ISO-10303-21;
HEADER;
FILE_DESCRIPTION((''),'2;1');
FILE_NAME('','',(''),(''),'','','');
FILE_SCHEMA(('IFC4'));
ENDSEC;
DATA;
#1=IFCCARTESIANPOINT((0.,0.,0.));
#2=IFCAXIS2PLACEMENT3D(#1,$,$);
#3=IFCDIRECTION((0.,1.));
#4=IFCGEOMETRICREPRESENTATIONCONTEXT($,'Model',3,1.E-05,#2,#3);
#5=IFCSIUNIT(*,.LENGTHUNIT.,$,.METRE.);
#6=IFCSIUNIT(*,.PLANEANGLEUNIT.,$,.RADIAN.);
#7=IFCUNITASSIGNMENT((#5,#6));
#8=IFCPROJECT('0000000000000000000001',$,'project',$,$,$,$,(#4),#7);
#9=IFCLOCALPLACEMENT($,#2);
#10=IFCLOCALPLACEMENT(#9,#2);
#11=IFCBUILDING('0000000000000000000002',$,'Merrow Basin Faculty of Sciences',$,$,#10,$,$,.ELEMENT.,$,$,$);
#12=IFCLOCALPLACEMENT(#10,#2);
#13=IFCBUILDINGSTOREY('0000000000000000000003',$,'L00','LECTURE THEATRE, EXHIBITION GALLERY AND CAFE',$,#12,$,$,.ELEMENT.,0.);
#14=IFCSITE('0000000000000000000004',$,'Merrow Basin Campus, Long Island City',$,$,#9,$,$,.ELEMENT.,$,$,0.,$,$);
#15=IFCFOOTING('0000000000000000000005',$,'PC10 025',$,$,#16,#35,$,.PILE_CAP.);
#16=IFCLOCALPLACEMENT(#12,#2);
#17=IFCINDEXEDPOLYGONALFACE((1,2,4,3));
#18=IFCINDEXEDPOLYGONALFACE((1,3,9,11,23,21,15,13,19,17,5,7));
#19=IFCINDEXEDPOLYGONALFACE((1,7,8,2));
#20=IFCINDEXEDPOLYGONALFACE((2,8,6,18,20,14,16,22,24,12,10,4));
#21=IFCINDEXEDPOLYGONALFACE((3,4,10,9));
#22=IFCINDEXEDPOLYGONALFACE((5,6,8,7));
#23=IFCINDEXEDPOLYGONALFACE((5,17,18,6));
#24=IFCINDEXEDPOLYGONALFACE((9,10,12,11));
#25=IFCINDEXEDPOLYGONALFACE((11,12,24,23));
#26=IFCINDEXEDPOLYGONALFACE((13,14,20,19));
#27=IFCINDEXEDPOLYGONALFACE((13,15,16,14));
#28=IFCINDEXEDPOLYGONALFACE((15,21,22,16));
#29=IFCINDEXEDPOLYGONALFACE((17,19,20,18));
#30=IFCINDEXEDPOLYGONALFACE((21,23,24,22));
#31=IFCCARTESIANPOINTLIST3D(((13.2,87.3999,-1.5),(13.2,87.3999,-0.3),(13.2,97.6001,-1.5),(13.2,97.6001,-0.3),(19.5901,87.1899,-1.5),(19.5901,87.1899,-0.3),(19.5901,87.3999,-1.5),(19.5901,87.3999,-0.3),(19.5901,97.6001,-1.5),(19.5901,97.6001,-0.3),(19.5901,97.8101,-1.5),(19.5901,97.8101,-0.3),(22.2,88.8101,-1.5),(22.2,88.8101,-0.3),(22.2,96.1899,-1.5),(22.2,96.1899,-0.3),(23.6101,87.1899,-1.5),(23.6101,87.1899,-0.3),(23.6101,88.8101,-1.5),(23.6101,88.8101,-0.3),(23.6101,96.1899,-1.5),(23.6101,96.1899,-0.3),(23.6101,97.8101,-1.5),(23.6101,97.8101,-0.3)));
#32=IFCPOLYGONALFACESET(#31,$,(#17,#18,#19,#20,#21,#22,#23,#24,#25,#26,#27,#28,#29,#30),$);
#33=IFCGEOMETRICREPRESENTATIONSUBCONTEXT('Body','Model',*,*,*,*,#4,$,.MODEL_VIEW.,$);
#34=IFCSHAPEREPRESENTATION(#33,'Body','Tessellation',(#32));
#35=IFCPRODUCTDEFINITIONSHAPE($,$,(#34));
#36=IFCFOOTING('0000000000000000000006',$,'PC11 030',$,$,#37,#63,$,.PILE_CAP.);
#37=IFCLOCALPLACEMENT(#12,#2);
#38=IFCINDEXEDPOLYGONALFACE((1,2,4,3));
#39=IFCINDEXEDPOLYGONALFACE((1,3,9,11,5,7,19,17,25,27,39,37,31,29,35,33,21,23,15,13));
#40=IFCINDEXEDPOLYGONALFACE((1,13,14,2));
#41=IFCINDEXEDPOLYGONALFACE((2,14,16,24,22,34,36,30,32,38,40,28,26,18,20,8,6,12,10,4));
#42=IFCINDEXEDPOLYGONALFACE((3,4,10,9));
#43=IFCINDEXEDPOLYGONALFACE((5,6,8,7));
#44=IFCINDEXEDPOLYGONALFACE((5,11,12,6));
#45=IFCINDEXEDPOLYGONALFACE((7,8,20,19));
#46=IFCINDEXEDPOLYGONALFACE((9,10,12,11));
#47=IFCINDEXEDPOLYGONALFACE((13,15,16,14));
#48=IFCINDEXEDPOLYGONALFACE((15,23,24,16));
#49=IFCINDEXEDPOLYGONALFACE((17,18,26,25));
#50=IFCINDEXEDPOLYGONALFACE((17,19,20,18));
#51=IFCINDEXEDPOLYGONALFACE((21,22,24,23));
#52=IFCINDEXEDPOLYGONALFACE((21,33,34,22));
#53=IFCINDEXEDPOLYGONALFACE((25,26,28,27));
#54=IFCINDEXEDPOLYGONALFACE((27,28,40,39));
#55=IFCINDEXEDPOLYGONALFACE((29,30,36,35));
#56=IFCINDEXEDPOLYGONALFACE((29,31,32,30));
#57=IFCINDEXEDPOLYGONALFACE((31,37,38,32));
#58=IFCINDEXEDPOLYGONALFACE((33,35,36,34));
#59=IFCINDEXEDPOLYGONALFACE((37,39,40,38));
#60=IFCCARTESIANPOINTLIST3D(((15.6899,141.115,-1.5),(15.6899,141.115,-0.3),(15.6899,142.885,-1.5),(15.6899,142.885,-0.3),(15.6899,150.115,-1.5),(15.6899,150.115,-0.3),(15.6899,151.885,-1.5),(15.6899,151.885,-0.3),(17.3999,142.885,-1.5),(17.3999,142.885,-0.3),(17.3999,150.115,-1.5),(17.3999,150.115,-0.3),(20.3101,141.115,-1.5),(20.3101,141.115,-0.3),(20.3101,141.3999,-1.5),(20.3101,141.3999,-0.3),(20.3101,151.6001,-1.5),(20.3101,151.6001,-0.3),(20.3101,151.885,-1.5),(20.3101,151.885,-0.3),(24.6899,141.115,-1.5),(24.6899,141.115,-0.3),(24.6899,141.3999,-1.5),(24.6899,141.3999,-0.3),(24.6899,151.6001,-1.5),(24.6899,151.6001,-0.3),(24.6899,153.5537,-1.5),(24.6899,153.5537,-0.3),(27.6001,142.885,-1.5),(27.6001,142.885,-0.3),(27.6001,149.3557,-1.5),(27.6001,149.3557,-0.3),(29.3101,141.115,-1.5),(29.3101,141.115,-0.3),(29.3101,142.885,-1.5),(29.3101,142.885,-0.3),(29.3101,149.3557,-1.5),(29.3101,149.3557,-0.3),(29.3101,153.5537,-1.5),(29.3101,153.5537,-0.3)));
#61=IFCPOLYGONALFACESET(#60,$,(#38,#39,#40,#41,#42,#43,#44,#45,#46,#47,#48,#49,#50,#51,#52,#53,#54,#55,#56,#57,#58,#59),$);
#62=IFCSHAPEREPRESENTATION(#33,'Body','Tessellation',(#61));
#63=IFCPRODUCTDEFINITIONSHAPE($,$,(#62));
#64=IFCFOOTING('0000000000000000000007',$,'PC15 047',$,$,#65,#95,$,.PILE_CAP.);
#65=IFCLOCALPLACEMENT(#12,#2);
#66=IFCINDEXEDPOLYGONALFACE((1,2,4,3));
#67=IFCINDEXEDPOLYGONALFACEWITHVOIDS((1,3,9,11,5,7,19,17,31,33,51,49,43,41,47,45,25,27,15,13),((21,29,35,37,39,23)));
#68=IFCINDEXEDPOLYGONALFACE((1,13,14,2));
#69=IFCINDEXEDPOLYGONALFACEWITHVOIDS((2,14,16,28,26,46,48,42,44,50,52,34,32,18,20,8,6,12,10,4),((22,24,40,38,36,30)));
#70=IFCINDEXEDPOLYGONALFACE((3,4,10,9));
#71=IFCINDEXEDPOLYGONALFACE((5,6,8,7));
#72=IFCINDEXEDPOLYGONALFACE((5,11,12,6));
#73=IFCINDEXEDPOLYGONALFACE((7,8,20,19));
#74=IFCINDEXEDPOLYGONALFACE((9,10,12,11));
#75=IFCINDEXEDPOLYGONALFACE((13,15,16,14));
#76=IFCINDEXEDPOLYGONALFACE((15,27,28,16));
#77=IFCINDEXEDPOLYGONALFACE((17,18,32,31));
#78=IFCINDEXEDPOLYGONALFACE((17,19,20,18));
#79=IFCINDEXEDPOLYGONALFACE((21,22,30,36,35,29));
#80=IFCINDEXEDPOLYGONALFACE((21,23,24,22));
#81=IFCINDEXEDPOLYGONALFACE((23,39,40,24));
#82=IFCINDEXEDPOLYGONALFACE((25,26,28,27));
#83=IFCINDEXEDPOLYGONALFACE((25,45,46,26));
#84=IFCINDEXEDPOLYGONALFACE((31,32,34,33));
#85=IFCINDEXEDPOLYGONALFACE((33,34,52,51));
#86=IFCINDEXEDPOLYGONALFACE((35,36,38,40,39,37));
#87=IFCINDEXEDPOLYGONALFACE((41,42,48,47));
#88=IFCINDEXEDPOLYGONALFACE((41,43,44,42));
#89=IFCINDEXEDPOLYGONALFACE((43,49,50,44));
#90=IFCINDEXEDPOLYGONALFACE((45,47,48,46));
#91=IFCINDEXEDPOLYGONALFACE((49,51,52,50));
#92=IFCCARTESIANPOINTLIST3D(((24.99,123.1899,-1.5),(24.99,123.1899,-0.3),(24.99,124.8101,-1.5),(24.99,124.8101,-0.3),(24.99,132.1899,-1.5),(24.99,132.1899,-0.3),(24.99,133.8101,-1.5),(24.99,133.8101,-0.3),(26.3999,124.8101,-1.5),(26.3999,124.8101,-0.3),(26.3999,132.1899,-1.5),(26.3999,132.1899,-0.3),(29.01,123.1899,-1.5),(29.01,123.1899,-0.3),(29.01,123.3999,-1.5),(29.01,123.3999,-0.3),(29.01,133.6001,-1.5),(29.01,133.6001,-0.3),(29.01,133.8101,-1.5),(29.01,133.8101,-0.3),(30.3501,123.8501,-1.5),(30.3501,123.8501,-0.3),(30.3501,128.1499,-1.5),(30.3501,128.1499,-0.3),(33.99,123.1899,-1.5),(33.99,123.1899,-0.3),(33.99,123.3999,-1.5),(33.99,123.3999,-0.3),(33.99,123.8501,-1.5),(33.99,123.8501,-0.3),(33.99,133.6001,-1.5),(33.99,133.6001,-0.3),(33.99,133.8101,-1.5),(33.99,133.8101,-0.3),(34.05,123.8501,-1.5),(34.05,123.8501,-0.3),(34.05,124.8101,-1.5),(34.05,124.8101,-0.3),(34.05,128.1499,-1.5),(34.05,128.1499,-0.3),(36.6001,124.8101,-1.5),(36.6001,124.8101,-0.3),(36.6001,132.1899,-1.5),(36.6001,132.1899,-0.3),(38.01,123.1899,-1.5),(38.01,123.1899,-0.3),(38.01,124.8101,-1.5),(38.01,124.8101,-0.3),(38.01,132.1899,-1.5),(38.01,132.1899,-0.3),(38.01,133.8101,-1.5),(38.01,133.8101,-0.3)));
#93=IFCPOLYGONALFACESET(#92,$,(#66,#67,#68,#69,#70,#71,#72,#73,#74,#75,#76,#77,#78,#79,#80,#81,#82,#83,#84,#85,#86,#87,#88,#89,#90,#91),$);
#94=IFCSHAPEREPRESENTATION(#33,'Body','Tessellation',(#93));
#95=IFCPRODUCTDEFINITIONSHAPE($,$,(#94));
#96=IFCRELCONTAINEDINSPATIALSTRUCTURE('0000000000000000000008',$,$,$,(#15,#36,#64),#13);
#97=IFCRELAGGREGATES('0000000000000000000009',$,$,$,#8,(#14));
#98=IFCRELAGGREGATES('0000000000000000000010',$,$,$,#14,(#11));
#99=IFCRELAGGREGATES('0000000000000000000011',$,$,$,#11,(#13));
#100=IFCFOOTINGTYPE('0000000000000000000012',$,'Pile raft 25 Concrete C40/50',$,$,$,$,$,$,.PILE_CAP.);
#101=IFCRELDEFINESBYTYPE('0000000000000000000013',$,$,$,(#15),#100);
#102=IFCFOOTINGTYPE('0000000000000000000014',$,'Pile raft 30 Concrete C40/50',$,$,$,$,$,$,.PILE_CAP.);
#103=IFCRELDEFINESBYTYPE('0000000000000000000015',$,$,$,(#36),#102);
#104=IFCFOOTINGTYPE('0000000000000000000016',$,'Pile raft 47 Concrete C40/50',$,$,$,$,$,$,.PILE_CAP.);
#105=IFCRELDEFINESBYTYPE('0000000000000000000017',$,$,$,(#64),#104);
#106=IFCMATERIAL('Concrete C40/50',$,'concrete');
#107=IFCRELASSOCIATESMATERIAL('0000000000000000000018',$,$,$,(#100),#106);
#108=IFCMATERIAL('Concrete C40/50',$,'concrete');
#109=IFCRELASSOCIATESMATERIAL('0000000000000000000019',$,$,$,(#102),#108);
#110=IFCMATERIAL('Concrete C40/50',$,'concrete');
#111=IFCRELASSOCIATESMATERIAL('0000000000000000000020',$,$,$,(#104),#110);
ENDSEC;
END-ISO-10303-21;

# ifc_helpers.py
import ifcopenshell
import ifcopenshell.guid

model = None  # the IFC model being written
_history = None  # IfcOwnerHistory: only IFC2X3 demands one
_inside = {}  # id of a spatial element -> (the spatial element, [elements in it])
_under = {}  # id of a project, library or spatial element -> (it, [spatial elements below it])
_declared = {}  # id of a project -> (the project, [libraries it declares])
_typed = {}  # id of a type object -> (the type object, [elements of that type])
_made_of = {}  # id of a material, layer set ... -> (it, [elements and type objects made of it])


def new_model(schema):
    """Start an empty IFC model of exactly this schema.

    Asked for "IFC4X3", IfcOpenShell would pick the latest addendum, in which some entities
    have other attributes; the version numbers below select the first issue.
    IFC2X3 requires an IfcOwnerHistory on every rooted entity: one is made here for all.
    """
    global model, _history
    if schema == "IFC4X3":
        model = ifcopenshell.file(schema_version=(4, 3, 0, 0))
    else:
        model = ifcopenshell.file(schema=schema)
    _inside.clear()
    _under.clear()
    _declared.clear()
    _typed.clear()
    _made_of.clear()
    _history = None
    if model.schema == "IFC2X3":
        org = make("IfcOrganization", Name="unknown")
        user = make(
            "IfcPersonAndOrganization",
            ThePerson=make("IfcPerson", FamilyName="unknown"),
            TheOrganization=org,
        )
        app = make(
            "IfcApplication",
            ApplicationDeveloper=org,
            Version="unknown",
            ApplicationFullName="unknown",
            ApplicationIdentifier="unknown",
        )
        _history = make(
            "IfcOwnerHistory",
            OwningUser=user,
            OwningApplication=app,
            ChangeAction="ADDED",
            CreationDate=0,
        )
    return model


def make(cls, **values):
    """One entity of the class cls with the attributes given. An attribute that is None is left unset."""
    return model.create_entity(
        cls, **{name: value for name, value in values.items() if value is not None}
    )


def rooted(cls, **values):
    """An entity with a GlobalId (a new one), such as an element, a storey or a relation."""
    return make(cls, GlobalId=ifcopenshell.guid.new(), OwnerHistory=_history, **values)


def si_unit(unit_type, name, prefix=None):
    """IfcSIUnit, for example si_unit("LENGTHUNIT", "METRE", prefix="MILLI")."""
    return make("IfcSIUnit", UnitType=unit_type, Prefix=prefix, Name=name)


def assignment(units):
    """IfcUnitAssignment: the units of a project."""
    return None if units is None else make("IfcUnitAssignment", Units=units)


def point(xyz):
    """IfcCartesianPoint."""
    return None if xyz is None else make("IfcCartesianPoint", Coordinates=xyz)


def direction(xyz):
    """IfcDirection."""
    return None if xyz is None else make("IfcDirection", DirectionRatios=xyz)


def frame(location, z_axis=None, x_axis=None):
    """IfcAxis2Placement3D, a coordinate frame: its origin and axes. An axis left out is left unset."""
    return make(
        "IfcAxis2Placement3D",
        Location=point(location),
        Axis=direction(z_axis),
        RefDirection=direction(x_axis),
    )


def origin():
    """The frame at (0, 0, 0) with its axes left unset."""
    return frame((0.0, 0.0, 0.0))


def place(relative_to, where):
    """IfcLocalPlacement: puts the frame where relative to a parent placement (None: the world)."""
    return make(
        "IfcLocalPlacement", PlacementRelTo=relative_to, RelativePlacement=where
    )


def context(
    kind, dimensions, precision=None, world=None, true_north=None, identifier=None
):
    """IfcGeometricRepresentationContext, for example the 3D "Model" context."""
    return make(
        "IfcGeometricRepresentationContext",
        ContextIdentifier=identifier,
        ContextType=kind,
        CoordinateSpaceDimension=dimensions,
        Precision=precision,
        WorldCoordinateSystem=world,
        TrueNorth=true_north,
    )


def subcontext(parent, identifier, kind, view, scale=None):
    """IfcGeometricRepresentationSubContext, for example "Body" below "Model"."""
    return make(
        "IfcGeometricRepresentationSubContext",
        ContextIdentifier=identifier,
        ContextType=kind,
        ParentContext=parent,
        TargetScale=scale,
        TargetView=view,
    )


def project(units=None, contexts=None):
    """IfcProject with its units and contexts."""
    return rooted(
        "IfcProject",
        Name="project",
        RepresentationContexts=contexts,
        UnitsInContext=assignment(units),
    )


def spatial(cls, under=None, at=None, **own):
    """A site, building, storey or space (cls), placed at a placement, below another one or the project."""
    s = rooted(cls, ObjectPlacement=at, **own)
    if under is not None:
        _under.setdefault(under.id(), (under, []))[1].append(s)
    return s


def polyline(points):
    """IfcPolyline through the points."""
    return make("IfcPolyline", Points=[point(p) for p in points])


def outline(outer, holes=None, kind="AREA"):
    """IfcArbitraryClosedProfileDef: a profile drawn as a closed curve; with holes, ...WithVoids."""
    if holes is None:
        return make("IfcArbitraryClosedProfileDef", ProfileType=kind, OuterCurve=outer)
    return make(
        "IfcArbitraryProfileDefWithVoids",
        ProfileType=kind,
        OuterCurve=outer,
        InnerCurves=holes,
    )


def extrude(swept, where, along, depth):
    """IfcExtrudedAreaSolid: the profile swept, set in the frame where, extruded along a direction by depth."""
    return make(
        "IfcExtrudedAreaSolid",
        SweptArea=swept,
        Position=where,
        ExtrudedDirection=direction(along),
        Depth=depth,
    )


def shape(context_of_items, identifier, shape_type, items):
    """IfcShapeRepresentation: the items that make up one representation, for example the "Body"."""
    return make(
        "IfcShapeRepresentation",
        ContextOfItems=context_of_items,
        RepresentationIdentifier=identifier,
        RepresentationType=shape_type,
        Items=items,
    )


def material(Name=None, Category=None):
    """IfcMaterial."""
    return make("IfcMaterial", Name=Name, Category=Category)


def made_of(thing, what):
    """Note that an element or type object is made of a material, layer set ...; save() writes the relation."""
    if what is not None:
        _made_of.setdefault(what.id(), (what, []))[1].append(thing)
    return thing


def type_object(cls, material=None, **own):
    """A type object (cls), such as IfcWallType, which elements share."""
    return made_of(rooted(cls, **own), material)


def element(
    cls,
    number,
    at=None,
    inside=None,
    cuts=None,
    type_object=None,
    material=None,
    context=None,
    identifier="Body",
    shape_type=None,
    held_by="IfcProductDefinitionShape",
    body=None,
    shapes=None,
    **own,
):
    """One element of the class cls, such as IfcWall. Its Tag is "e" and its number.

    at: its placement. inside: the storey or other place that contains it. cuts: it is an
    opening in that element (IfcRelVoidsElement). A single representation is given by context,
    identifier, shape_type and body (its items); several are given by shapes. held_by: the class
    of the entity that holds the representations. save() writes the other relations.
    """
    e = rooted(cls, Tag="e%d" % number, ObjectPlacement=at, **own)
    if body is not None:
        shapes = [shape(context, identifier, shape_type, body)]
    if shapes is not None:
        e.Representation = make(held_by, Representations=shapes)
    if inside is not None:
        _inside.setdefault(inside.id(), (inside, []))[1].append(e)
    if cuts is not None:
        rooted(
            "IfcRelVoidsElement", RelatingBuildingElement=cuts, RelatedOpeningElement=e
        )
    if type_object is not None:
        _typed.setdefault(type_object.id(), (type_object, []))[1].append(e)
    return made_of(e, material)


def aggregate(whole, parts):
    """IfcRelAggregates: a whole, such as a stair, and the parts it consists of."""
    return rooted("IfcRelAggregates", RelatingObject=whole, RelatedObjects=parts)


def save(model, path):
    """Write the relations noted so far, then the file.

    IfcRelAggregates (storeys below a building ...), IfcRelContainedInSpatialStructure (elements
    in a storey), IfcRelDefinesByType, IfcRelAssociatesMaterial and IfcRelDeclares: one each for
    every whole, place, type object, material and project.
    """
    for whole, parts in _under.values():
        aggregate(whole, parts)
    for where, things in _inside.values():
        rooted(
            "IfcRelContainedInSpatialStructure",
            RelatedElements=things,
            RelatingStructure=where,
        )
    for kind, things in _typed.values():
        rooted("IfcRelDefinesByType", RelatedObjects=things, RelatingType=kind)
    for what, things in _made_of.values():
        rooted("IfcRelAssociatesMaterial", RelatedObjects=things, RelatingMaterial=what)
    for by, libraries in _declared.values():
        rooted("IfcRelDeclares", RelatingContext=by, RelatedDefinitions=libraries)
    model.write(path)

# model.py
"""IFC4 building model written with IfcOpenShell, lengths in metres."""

from ifc_helpers import new_model, si_unit, direction, frame, origin, place, context, subcontext, project, spatial, polyline, outline, extrude, material, type_object, element, save


model = new_model("IFC4")

# Units and contexts
model_context = context("Model", 3, precision=1e-05, world=origin(), true_north=direction((0.0, 1.0)))
body_context = subcontext(model_context, "Body", "Model", "MODEL_VIEW")
ifc_project = project(units=[si_unit("LENGTHUNIT", "METRE"), si_unit("PLANEANGLEUNIT", "RADIAN")], contexts=[model_context])

# Site, building, storey
site_placement = place(None, origin())
site = spatial("IfcSite", under=ifc_project, at=site_placement, Name="Merrow Basin Campus, Long Island City", CompositionType="ELEMENT", RefElevation=0.0)
building_placement = place(site_placement, origin())
building = spatial("IfcBuilding", under=site, at=building_placement, Name="Merrow Basin Faculty of Sciences", CompositionType="ELEMENT")
storey_placement = place(building_placement, origin())
storey = spatial("IfcBuildingStorey", under=building, at=storey_placement, Name="L00", Description="LECTURE THEATRE, EXHIBITION GALLERY AND CAFE", CompositionType="ELEMENT", Elevation=0.0)

# Footings
ifc_material_1 = material(Name="Concrete C40/50", Category="concrete")
footing_type_1 = type_object("IfcFootingType", Name="Pile raft 25 Concrete C40/50", PredefinedType="PILE_CAP", material=ifc_material_1)
footing_1_placement = place(storey_placement, frame((0.0, 0.0, -1.5)))
element("IfcFooting", 1, at=footing_1_placement, inside=storey, type_object=footing_type_1, Name="PC10 025", PredefinedType="PILE_CAP", context=body_context, shape_type="SweptSolid", body=[
    extrude(outline(polyline([(19.5901, 97.8101), (23.6101, 97.8101), (23.6101, 96.1899), (22.2, 96.1899), (22.2, 88.8101), (23.6101, 88.8101), (23.6101, 87.1899), (19.5901, 87.1899), (19.5901, 87.3999), (13.2, 87.3999), (13.2, 97.6001), (19.5901, 97.6001), (19.5901, 97.8101)])), origin(), (0.0, 0.0, 1.0), 1.2),
])
ifc_material_2 = material(Name="Concrete C40/50", Category="concrete")
footing_type_2 = type_object("IfcFootingType", Name="Pile raft 30 Concrete C40/50", PredefinedType="PILE_CAP", material=ifc_material_2)
footing_2_placement = place(storey_placement, frame((0.0, 0.0, -1.5)))
element("IfcFooting", 2, at=footing_2_placement, inside=storey, type_object=footing_type_2, Name="PC11 030", PredefinedType="PILE_CAP", context=body_context, shape_type="SweptSolid", body=[
    extrude(outline(polyline([(15.6899, 151.885), (20.3101, 151.885), (20.3101, 151.6001), (24.6899, 151.6001), (24.6899, 153.5537), (29.3101, 153.5537), (29.3101, 149.3557), (27.6001, 149.3557), (27.6001, 142.885), (29.3101, 142.885), (29.3101, 141.115), (24.6899, 141.115), (24.6899, 141.3999), (20.3101, 141.3999), (20.3101, 141.115), (15.6899, 141.115), (15.6899, 142.885), (17.3999, 142.885), (17.3999, 150.115), (15.6899, 150.115), (15.6899, 151.885)])), origin(), (0.0, 0.0, 1.0), 1.2),
])
ifc_material_3 = material(Name="Concrete C40/50", Category="concrete")
footing_type_3 = type_object("IfcFootingType", Name="Pile raft 47 Concrete C40/50", PredefinedType="PILE_CAP", material=ifc_material_3)
footing_3_placement = place(storey_placement, frame((0.0, 0.0, -1.5)))
element("IfcFooting", 3, at=footing_3_placement, inside=storey, type_object=footing_type_3, Name="PC15 047", PredefinedType="PILE_CAP", context=body_context, shape_type="SweptSolid", body=[
    extrude(outline(polyline([(24.99, 132.1899), (24.99, 133.8101), (29.01, 133.8101), (29.01, 133.6001), (33.99, 133.6001), (33.99, 133.8101), (38.01, 133.8101), (38.01, 132.1899), (36.6001, 132.1899), (36.6001, 124.8101), (38.01, 124.8101), (38.01, 123.1899), (33.99, 123.1899), (33.99, 123.3999), (29.01, 123.3999), (29.01, 123.1899), (24.99, 123.1899), (24.99, 124.8101), (26.3999, 124.8101), (26.3999, 132.1899), (24.99, 132.1899)]), holes=[polyline([(34.05, 128.1499), (30.3501, 128.1499), (30.3501, 123.8501), (33.99, 123.8501), (34.05, 123.8501), (34.05, 124.8101), (34.05, 128.1499)])]), origin(), (0.0, 0.0, 1.0), 1.2),
])

save(model, "model.ifc")
